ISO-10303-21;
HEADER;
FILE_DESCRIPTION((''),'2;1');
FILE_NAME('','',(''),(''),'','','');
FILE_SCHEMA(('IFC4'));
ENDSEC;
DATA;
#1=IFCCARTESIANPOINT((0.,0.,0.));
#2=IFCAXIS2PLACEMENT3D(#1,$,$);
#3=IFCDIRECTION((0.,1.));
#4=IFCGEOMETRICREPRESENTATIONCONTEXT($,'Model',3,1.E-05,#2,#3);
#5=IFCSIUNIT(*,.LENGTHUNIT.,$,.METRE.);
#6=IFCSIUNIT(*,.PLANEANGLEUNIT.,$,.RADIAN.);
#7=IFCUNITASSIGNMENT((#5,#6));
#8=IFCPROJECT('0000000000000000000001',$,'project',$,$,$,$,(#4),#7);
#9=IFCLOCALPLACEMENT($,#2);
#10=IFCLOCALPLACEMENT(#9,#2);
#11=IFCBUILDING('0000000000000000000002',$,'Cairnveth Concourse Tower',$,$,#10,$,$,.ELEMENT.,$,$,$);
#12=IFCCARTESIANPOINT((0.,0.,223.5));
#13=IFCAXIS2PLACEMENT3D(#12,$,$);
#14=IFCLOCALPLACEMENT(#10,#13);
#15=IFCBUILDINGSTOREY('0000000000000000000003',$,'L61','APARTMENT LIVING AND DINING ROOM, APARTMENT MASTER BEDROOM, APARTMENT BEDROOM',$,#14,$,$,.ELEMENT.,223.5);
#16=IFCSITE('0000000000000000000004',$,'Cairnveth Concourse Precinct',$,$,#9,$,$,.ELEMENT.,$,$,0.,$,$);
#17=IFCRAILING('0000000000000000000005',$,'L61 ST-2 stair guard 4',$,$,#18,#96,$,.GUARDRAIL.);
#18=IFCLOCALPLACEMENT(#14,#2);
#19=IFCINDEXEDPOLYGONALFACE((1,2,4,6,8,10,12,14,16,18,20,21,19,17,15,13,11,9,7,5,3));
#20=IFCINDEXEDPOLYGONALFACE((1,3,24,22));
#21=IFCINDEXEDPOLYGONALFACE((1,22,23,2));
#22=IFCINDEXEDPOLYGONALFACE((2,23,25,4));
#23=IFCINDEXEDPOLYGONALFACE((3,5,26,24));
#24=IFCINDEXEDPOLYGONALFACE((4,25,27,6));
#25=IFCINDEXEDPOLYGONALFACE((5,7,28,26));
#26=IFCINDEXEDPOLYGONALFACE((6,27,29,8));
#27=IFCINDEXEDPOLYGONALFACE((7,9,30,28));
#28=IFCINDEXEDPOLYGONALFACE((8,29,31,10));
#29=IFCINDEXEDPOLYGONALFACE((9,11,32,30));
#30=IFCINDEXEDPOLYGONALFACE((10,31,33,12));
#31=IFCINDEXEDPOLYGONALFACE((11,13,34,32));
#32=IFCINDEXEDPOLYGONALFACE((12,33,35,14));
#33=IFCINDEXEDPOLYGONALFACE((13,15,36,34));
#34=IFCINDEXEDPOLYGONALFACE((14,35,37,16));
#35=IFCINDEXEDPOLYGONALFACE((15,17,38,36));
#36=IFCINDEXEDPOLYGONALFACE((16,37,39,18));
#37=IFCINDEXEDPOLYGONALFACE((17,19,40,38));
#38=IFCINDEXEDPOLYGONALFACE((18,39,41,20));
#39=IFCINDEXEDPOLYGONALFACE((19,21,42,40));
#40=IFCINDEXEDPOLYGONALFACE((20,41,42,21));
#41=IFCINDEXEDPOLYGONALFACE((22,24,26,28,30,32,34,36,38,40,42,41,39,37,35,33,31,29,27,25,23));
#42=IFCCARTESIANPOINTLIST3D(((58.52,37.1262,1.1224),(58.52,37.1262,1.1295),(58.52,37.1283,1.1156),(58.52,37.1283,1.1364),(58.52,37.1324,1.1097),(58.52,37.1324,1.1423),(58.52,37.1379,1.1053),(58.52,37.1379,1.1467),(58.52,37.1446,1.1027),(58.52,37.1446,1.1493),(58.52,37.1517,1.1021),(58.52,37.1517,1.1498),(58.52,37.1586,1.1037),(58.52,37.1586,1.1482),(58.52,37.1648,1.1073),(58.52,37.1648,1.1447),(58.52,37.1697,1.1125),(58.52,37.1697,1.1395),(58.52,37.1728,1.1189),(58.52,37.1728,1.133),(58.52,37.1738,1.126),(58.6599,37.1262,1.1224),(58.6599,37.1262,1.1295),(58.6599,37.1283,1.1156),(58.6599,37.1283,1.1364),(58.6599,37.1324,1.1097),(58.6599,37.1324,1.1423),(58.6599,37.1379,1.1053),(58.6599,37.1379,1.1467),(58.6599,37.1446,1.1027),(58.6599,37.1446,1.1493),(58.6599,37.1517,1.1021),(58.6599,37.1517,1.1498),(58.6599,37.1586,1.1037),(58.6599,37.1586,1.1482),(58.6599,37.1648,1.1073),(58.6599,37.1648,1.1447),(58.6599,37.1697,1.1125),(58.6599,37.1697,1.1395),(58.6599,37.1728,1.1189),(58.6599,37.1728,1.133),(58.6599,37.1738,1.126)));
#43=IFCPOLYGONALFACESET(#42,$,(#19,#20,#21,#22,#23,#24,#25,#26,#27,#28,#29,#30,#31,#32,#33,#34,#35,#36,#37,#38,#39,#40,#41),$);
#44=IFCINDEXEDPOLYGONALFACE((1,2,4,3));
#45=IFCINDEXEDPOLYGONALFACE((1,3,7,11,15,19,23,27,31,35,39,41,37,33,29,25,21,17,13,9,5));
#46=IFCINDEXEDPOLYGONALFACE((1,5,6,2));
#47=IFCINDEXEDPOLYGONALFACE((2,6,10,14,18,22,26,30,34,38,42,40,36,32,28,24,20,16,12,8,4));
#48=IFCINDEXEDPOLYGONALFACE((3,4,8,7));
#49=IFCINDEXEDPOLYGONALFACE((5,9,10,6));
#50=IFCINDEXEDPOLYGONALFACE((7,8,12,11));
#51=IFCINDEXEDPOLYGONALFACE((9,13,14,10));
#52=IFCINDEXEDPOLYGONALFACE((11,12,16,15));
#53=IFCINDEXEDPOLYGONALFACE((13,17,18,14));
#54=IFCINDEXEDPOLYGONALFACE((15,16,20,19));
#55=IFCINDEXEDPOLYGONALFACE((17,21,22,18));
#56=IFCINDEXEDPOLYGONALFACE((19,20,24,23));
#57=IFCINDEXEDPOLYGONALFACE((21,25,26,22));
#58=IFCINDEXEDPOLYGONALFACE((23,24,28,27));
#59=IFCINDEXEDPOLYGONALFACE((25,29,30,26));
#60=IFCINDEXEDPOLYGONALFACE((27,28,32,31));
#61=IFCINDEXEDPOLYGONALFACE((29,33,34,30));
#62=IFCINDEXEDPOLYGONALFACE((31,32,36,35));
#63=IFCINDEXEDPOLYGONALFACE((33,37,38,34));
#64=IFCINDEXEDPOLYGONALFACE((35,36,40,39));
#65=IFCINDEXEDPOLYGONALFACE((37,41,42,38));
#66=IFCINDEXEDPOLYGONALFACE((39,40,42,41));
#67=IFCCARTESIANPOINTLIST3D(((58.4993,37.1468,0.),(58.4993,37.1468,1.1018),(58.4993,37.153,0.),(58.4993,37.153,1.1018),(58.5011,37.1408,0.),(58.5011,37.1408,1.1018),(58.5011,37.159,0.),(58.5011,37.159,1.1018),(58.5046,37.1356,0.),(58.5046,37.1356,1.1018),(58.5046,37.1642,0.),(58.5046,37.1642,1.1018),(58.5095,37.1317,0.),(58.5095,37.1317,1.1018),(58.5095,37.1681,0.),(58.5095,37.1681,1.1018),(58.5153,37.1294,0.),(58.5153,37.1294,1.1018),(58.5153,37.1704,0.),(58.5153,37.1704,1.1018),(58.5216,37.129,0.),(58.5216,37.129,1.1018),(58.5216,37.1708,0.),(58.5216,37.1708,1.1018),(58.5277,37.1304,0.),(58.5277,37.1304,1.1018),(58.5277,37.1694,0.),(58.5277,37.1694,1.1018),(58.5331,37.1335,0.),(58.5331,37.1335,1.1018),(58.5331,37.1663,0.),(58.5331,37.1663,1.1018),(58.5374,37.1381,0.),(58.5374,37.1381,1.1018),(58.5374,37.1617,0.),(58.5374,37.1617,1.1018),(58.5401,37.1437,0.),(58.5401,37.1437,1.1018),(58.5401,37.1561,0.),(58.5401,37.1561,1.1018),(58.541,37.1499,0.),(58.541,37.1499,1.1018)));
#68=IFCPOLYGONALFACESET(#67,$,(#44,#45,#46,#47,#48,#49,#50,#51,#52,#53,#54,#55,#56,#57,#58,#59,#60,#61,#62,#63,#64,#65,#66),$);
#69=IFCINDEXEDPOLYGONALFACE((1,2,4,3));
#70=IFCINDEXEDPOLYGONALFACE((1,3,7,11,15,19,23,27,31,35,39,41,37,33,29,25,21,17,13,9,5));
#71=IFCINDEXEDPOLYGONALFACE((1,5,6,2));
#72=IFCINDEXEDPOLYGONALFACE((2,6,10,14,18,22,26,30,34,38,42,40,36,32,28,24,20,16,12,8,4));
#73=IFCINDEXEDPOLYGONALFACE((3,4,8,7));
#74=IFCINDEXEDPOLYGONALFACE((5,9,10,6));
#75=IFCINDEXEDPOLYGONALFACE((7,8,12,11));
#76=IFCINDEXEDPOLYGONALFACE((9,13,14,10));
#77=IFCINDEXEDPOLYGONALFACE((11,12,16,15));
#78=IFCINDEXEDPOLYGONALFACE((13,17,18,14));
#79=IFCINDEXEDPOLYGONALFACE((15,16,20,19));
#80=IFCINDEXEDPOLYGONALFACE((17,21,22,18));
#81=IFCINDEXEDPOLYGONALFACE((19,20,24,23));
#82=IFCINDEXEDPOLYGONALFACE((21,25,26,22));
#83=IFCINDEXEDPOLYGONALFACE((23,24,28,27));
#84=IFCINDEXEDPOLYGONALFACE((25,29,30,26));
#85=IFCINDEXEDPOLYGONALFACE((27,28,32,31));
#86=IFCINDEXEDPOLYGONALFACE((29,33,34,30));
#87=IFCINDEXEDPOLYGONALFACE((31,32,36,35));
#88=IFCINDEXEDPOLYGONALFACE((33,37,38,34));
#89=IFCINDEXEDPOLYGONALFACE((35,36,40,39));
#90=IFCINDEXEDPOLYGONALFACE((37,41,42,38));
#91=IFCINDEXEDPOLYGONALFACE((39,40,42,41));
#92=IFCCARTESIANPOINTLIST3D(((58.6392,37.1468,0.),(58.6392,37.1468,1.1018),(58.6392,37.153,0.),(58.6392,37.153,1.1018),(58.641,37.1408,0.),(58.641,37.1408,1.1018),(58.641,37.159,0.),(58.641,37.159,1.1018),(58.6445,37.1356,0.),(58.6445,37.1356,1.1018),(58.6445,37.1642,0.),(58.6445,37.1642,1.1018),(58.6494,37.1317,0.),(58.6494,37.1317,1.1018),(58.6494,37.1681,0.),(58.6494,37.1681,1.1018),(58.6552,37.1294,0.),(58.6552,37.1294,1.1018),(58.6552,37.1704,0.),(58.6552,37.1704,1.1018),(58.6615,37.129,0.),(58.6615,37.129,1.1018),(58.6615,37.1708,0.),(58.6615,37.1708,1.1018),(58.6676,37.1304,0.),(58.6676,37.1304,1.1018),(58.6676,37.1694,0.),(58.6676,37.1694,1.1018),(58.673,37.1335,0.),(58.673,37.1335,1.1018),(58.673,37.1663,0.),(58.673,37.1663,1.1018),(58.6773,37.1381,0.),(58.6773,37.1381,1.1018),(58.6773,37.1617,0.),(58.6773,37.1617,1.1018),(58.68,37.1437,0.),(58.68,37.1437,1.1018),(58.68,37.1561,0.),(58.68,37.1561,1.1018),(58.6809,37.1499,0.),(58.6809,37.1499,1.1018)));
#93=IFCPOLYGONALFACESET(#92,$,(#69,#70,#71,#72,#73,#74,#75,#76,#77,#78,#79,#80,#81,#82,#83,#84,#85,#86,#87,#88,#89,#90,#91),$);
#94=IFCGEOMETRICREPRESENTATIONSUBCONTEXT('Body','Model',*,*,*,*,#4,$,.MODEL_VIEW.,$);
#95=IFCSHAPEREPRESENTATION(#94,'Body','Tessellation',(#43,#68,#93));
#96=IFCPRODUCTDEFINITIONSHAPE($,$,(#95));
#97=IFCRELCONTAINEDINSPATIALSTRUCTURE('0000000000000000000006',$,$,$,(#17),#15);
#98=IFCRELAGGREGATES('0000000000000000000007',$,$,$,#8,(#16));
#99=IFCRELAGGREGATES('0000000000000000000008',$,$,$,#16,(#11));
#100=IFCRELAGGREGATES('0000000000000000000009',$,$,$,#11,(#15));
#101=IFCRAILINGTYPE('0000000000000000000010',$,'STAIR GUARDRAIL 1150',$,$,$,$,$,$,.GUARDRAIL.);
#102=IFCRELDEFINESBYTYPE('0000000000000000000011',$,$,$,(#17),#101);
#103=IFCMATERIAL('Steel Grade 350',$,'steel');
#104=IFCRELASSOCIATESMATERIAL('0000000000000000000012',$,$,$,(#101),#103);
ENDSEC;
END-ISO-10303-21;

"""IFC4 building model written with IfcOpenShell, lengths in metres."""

from ifc_helpers import new_model, si_unit, direction, frame, origin, origin_2d, place, context, subcontext, project, spatial, circle, extrude, material, type_object, element, save


model = new_model("IFC4")

# Units and contexts
model_context = context("Model", 3, precision=1e-05, world=origin(), true_north=direction((0.0, 1.0)))
body_context = subcontext(model_context, "Body", "Model", "MODEL_VIEW")
ifc_project = project(units=[si_unit("LENGTHUNIT", "METRE"), si_unit("PLANEANGLEUNIT", "RADIAN")], contexts=[model_context])

# Site, building, storey
site_placement = place(None, origin())
site = spatial("IfcSite", under=ifc_project, at=site_placement, Name="Cairnveth Concourse Precinct", CompositionType="ELEMENT", RefElevation=0.0)
building_placement = place(site_placement, origin())
building = spatial("IfcBuilding", under=site, at=building_placement, Name="Cairnveth Concourse Tower", CompositionType="ELEMENT")
storey_placement = place(building_placement, frame((0.0, 0.0, 223.5)))
storey = spatial("IfcBuildingStorey", under=building, at=storey_placement, Name="L61", Description="APARTMENT LIVING AND DINING ROOM, APARTMENT MASTER BEDROOM, APARTMENT BEDROOM", CompositionType="ELEMENT", Elevation=223.5)

# Shared definitions
ifc_material_1 = material(Name="Steel Grade 350", Category="steel")

# Railing
railing_type_1 = type_object("IfcRailingType", Name="STAIR GUARDRAIL 1150", PredefinedType="GUARDRAIL", material=ifc_material_1)
railing_1_placement = place(storey_placement, frame((58.52, 37.1499, 0.0)))
element("IfcRailing", 1, at=railing_1_placement, inside=storey, type_object=railing_type_1, Name="L61 ST-2 stair guard 4", PredefinedType="GUARDRAIL", context=body_context, shape_type="SweptSolid", body=[
    extrude(circle(Radius=0.0239, at=origin_2d()), frame((0.0, 0.0, 1.126), z_axis=(1.0, 0.0, 0.0), x_axis=(0.0, 1.0, 0.0)), (0.0, 0.0, 1.0), 0.1399),
    extrude(circle(Radius=0.021, at=origin_2d()), origin(), (0.0, 0.0, 1.0), 1.1018),
    extrude(circle(Radius=0.021, at=origin_2d()), frame((0.1399, 0.0, 0.0)), (0.0, 0.0, 1.0), 1.1018),
])

save(model, "model.ifc")
